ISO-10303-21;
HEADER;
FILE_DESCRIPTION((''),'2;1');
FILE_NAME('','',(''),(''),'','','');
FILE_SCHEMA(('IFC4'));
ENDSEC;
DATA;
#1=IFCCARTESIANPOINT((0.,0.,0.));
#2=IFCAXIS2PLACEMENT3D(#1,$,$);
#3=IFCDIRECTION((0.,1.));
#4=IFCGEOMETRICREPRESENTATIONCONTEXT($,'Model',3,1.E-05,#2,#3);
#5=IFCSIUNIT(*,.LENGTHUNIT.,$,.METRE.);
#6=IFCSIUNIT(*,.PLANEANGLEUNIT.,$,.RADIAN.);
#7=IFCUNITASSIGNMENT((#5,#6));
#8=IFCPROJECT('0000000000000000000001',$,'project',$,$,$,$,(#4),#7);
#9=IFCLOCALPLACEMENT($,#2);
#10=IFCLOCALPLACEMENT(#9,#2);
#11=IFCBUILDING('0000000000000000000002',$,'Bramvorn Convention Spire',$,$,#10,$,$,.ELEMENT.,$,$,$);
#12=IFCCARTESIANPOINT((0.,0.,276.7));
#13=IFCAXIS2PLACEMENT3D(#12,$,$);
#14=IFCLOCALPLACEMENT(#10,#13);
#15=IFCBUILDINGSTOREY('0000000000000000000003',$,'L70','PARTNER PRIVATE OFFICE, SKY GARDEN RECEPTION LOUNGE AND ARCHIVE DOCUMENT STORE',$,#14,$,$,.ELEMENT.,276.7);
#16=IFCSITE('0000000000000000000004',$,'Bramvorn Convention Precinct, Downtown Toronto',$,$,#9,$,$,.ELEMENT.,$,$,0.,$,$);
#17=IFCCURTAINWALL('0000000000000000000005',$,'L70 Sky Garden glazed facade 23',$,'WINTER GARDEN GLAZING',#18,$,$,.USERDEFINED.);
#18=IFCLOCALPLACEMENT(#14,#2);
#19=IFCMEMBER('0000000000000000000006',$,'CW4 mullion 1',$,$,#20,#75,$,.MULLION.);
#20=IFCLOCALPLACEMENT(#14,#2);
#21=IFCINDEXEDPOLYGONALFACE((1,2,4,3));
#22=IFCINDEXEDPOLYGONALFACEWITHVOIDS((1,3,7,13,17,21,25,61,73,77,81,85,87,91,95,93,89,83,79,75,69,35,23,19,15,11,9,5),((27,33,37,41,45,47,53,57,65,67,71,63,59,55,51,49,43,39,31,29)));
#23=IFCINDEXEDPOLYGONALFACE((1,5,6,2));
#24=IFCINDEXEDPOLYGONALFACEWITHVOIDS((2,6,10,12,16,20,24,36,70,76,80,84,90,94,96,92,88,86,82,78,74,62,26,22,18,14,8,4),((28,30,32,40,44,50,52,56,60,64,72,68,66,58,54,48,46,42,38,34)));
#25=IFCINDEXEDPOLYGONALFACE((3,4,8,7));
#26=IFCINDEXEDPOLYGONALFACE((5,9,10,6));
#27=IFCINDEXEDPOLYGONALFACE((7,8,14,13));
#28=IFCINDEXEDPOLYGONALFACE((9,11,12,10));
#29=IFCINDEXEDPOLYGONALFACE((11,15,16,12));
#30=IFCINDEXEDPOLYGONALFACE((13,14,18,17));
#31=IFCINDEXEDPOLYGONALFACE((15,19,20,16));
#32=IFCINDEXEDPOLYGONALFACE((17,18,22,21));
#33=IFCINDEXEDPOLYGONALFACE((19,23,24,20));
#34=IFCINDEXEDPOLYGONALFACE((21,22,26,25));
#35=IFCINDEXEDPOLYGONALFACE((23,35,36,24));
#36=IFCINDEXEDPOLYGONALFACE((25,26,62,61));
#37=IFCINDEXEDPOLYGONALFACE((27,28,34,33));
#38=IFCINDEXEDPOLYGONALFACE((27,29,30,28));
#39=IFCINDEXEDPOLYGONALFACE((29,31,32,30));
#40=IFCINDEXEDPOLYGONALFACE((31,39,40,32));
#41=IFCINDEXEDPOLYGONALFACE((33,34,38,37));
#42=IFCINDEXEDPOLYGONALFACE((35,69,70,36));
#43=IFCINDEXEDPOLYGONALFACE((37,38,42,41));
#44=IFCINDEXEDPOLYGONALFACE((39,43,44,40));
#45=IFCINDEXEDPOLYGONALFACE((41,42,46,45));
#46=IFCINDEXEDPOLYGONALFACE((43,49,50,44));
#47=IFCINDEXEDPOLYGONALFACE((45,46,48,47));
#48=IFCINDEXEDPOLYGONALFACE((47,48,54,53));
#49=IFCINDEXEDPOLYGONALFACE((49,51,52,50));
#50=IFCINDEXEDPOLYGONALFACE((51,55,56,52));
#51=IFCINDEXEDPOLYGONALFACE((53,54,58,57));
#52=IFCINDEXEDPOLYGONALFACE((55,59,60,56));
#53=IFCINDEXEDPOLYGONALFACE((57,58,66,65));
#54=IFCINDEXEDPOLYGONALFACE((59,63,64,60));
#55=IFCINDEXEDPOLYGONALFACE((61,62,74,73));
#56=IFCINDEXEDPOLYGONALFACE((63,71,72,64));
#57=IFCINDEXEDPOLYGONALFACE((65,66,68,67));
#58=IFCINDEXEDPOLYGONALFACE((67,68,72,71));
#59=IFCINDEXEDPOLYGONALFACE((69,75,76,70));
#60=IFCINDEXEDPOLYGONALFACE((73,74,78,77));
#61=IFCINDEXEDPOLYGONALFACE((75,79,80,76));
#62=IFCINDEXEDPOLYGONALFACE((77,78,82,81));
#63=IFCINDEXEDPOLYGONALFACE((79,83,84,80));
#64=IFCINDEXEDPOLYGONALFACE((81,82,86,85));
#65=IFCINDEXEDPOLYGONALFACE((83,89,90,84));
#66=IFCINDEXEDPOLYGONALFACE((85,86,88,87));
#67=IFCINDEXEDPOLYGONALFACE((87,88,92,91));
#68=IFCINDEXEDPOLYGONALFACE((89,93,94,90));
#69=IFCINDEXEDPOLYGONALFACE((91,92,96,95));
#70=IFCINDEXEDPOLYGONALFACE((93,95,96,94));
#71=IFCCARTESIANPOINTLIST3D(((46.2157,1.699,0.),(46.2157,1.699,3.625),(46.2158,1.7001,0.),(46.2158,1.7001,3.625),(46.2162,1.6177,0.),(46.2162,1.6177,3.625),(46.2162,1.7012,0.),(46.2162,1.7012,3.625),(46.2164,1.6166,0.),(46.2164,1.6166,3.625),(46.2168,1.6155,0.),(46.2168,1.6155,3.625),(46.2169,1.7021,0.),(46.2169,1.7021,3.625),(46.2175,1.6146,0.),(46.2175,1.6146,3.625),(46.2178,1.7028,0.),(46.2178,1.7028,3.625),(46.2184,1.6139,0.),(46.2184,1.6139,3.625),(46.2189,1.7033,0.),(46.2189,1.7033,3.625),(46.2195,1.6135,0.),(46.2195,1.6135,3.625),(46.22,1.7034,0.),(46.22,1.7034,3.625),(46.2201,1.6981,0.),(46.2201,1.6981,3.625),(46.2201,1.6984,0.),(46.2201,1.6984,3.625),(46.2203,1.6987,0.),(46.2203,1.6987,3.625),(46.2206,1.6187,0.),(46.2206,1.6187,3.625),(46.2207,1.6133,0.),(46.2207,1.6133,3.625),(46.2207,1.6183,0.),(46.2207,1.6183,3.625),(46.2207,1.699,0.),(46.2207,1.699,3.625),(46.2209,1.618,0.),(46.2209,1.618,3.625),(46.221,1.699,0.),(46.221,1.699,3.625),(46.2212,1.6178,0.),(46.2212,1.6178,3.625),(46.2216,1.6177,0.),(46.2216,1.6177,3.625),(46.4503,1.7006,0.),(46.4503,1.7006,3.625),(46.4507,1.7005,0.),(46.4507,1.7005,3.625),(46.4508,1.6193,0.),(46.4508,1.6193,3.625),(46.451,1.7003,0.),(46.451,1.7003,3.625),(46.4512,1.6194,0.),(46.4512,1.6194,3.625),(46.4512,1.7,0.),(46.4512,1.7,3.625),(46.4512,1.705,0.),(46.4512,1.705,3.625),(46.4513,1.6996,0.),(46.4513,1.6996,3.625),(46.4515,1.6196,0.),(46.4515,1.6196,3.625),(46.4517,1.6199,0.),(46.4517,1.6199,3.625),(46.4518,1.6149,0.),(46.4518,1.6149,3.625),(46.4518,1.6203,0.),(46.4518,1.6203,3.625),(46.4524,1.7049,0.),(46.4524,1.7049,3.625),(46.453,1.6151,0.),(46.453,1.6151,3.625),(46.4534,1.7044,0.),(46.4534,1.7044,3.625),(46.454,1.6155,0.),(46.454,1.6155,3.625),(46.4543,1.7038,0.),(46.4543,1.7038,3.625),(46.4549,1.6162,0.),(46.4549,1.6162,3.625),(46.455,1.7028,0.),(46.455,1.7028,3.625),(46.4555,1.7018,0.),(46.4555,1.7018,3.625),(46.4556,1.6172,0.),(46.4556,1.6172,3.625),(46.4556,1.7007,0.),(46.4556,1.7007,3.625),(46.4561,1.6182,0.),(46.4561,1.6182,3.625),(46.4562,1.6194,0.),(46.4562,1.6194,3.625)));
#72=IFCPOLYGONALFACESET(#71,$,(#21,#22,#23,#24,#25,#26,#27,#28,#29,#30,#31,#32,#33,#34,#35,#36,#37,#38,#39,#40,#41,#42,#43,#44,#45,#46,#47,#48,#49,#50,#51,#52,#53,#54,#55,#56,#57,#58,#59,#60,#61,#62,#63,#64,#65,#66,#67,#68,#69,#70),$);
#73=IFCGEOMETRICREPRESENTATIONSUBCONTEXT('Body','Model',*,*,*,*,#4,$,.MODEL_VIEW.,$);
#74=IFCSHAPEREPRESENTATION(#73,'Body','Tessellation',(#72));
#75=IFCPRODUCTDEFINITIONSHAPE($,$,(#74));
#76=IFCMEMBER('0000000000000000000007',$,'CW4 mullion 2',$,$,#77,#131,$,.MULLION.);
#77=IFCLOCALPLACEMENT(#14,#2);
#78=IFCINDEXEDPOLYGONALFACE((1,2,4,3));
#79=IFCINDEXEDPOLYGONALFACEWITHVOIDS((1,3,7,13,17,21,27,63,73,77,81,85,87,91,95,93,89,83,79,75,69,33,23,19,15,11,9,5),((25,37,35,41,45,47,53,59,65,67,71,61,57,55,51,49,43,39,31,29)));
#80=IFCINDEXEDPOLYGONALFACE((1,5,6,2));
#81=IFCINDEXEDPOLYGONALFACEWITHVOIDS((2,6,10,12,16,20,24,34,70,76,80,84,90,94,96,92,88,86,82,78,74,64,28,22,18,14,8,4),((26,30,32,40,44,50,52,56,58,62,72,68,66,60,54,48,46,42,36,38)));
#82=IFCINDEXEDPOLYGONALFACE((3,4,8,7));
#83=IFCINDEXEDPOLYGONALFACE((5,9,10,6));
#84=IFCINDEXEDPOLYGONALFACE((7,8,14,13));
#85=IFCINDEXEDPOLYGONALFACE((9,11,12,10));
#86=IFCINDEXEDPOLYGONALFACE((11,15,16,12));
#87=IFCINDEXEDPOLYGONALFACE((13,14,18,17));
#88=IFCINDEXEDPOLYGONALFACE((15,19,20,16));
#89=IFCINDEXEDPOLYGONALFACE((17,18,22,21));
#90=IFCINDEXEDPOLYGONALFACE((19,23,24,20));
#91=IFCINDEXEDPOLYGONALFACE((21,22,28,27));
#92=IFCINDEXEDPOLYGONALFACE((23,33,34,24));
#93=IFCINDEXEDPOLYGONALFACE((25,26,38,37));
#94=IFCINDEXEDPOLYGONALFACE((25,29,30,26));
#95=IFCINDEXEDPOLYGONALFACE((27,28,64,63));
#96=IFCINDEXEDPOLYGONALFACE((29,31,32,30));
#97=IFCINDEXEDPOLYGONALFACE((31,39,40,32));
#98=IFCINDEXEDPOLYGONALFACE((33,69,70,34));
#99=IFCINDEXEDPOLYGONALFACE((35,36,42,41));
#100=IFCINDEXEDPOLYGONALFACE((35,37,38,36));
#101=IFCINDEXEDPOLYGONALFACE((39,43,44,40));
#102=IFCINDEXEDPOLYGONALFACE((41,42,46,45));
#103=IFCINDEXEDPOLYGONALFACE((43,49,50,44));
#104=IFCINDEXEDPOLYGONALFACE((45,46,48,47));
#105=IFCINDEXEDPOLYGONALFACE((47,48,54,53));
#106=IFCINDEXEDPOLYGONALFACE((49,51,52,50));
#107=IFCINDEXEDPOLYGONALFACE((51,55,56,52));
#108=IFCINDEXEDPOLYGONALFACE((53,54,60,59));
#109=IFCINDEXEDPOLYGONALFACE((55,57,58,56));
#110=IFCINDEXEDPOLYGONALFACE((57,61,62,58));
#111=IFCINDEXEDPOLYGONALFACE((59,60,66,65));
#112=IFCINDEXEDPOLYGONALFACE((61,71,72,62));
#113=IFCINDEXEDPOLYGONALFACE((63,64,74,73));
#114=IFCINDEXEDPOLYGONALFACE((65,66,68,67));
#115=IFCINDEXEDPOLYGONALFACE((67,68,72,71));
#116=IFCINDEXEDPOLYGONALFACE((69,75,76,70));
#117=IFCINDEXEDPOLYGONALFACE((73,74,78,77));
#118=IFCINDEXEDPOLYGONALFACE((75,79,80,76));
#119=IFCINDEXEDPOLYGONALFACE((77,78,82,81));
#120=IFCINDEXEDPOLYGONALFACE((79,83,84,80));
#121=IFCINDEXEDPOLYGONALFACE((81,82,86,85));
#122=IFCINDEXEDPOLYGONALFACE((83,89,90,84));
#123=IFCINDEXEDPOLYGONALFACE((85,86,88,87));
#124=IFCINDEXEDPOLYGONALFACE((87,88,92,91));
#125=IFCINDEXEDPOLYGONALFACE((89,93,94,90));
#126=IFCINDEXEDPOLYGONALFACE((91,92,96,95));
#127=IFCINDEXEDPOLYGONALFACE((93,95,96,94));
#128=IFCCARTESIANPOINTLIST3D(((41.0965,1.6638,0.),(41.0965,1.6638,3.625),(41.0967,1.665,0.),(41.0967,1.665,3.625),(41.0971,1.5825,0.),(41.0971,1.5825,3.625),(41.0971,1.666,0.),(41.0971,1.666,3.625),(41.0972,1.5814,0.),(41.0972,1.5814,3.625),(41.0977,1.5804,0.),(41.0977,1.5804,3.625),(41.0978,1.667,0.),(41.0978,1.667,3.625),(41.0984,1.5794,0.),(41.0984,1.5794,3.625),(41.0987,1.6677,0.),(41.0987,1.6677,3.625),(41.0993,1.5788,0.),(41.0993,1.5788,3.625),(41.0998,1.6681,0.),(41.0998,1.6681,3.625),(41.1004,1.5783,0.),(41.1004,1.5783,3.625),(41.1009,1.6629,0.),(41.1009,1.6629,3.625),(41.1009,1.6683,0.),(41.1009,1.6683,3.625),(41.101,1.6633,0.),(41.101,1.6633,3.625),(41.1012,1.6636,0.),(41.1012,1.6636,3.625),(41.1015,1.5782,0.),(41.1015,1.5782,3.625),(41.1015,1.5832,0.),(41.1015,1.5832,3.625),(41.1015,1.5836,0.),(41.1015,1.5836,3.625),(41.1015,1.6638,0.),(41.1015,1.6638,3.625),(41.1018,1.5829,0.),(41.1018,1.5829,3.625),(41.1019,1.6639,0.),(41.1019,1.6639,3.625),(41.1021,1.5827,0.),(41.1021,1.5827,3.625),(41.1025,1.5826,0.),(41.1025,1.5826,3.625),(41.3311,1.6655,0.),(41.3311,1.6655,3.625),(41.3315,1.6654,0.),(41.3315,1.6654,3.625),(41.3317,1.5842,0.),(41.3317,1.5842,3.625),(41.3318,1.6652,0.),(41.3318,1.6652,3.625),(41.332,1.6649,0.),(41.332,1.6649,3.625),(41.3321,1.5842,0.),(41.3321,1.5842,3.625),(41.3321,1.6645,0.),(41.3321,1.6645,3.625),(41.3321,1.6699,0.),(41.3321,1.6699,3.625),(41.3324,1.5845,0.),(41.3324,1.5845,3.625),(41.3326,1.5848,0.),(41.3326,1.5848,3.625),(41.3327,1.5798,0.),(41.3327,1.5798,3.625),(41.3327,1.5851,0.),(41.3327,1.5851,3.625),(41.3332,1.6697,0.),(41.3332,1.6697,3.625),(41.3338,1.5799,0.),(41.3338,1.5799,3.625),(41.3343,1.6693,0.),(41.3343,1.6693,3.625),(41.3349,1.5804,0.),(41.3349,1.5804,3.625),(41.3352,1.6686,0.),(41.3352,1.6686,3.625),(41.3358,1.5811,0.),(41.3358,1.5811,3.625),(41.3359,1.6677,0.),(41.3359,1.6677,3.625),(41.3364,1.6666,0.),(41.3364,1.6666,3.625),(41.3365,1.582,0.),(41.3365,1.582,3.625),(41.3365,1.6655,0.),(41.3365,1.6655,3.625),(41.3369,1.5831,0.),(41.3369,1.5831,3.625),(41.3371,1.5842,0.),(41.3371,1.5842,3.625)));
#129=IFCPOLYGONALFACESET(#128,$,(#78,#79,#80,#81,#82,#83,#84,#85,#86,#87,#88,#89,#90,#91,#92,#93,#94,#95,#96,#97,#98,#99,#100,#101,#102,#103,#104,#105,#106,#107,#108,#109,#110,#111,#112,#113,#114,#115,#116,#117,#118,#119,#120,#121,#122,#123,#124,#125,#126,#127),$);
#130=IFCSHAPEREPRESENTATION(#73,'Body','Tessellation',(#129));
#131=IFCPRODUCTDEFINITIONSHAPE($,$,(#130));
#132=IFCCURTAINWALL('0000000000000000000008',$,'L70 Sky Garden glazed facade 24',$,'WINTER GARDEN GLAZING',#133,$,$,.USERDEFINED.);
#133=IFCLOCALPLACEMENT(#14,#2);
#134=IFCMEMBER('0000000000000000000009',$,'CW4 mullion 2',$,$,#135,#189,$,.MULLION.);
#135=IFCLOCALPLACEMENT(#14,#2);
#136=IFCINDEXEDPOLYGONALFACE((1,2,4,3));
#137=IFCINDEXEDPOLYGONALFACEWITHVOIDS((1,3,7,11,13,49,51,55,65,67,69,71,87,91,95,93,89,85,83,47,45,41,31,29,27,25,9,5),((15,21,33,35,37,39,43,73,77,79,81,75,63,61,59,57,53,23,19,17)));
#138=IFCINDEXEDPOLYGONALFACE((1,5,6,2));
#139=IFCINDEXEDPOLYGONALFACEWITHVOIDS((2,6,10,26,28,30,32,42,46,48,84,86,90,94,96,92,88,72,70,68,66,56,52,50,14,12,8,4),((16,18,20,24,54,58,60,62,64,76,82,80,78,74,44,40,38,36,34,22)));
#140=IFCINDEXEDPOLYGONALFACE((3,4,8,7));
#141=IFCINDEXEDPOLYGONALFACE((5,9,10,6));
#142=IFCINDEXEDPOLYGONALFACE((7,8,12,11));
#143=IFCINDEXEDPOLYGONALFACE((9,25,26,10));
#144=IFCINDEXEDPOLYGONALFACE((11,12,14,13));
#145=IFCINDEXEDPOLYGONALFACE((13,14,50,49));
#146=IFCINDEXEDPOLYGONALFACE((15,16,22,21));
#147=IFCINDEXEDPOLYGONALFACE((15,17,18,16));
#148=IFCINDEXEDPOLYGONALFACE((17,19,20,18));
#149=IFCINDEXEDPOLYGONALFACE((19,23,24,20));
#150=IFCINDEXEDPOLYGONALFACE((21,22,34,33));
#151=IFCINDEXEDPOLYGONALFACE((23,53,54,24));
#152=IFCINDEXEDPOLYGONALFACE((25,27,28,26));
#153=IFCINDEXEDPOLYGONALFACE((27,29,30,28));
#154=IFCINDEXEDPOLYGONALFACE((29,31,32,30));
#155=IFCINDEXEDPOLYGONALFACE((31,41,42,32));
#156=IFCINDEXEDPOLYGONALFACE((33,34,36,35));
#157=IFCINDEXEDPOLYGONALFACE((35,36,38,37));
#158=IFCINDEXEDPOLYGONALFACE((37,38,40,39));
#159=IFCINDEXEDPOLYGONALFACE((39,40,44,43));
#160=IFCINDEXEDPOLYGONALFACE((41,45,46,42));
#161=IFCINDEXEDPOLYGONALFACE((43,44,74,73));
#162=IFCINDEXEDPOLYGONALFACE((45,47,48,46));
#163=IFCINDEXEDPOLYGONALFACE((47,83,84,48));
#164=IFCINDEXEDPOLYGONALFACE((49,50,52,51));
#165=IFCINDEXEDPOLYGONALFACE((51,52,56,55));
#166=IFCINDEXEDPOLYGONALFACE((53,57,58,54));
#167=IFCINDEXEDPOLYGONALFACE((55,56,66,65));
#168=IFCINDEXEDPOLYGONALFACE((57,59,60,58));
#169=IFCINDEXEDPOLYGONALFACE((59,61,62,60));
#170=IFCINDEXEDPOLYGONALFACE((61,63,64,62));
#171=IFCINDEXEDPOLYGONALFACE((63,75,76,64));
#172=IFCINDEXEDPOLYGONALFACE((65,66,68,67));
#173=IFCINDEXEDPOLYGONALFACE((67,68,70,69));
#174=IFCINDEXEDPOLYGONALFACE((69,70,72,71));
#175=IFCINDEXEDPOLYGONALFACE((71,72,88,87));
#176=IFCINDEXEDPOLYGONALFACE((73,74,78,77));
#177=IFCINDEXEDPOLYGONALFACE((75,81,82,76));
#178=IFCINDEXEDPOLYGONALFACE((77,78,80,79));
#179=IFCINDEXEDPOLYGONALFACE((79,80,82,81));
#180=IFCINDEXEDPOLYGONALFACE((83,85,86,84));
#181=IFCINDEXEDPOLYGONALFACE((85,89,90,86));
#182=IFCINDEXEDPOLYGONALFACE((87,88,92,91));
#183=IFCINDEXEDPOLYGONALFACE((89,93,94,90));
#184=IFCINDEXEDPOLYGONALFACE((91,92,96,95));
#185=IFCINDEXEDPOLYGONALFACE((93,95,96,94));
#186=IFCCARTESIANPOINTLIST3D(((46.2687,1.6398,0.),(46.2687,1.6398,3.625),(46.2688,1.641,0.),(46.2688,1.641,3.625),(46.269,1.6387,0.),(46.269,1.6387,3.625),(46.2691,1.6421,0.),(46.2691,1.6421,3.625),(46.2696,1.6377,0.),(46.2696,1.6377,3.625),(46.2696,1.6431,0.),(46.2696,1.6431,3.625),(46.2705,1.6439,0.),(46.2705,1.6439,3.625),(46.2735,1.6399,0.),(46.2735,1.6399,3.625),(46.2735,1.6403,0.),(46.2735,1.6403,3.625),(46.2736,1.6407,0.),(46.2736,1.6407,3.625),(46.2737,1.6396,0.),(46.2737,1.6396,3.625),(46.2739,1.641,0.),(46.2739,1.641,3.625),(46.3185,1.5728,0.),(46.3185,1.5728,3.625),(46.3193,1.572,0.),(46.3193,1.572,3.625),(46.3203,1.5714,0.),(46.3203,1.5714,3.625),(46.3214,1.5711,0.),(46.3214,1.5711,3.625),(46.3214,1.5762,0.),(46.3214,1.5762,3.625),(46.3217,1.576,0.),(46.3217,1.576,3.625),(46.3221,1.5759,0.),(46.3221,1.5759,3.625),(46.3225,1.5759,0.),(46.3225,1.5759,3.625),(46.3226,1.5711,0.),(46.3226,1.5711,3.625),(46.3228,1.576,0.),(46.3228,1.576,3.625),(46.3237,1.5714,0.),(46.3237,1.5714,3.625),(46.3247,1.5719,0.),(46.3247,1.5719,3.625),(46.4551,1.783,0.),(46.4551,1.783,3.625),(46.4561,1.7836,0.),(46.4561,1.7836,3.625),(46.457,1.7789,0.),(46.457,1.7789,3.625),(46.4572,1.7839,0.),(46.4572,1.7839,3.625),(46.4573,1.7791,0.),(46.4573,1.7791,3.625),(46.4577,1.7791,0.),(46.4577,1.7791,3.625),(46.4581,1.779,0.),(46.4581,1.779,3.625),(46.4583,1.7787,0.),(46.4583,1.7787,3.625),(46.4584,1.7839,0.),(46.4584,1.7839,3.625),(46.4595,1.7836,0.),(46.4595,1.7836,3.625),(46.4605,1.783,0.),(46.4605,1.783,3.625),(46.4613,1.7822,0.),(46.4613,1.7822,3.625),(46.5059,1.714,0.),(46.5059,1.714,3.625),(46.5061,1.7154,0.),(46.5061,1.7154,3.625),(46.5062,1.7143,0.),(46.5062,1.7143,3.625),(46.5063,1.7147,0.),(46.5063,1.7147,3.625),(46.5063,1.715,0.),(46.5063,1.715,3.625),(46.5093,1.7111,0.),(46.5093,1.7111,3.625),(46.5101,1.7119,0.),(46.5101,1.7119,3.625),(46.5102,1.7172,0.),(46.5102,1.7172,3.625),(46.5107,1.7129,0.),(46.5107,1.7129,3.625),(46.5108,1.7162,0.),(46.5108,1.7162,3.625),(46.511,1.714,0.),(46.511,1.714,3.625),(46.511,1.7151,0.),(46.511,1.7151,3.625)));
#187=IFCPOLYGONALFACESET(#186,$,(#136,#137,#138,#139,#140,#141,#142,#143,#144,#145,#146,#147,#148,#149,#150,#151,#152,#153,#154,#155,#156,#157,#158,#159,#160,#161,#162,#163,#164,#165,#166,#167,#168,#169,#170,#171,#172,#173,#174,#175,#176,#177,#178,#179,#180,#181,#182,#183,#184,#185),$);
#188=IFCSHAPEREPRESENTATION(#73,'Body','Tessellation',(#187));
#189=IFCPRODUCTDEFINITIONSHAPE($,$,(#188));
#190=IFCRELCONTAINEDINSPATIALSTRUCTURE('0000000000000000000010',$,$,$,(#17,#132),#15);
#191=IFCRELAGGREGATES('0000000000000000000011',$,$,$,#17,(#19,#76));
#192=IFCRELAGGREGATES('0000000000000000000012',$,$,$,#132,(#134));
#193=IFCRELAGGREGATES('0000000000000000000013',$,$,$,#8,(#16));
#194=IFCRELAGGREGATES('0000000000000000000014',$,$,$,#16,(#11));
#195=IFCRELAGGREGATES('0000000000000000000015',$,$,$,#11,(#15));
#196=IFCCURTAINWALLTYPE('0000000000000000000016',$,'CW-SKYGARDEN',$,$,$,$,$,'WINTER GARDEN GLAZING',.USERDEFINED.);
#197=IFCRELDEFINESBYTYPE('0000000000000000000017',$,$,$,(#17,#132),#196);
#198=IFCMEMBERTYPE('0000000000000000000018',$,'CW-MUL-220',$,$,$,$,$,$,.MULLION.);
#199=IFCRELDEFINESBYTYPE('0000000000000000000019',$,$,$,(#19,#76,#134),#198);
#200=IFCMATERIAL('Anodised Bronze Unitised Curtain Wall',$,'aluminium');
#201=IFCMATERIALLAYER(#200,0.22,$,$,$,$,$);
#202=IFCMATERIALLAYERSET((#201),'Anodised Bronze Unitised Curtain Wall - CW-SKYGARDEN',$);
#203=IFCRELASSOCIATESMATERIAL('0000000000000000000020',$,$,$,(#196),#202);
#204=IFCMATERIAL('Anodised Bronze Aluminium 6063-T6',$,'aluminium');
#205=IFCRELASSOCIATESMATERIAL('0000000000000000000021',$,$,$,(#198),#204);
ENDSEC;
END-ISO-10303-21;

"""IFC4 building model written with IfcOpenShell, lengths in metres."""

from ifc_helpers import new_model, si_unit, direction, frame, origin, origin_2d, place, context, subcontext, project, spatial, hollow_rectangle, extrude, material, layer, layer_set, material_profile, profile_set, type_object, element, aggregate, save


model = new_model("IFC4")

# Units and contexts
model_context = context("Model", 3, precision=1e-05, world=origin(), true_north=direction((0.0, 1.0)))
body_context = subcontext(model_context, "Body", "Model", "MODEL_VIEW")
ifc_project = project(units=[si_unit("LENGTHUNIT", "METRE"), si_unit("PLANEANGLEUNIT", "RADIAN")], contexts=[model_context])

# Site, building, storey
site_placement = place(None, origin())
site = spatial("IfcSite", under=ifc_project, at=site_placement, Name="Bramvorn Convention Precinct, Downtown Toronto", CompositionType="ELEMENT", RefElevation=0.0)
building_placement = place(site_placement, origin())
building = spatial("IfcBuilding", under=site, at=building_placement, Name="Bramvorn Convention Spire", CompositionType="ELEMENT")
storey_placement = place(building_placement, frame((0.0, 0.0, 276.7)))
storey = spatial("IfcBuildingStorey", under=building, at=storey_placement, Name="L70", Description="PARTNER PRIVATE OFFICE, SKY GARDEN RECEPTION LOUNGE AND ARCHIVE DOCUMENT STORE", CompositionType="ELEMENT", Elevation=276.7)

# Shared definitions
ifc_material_1 = material(Name="Anodised Bronze Unitised Curtain Wall", Category="aluminium")
ifc_material_2 = material(Name="Anodised Bronze Aluminium 6063-T6", Category="aluminium")

# Curtain wall, members
ifc_layer_1 = layer(ifc_material_1, 0.22)
ifc_layer_set_1 = layer_set([ifc_layer_1], Name="Anodised Bronze Unitised Curtain Wall - CW-SKYGARDEN")
curtain_wall_type_1 = type_object("IfcCurtainWallType", Name="CW-SKYGARDEN", ElementType="WINTER GARDEN GLAZING", PredefinedType="USERDEFINED", material=ifc_layer_set_1)
curtain_wall_1_placement = place(storey_placement, origin())
curtain_wall_1 = element("IfcCurtainWall", 1, at=curtain_wall_1_placement, inside=storey, type_object=curtain_wall_type_1, Name="L70 Sky Garden glazed facade 23", ObjectType="WINTER GARDEN GLAZING", PredefinedType="USERDEFINED")
ifc_material_profile_1 = material_profile(ifc_material_2, hollow_rectangle(XDim=0.0901, YDim=0.24, WallThickness=0.0044, InnerFilletRadius=0.001, OuterFilletRadius=0.0044, at=origin_2d()))
ifc_profile_set_1 = profile_set([ifc_material_profile_1], Name="Anodised Bronze Aluminium 6063-T6 - CWM90X240")
member_type_1 = type_object("IfcMemberType", Name="CW-MUL-220", PredefinedType="MULLION", material=ifc_profile_set_1)
member_1_placement = place(storey_placement, frame((46.3359, 1.6592, 0.0), z_axis=(0.0, 0.0, 1.0), x_axis=(0.006893, -0.999976, 0.0)))
member_1 = element("IfcMember", 2, at=member_1_placement, type_object=member_type_1, Name="CW4 mullion 1", PredefinedType="MULLION", context=body_context, shape_type="SweptSolid", body=[
    extrude(hollow_rectangle(XDim=0.0901, YDim=0.24, WallThickness=0.0044, InnerFilletRadius=0.001, OuterFilletRadius=0.0044, at=origin_2d()), origin(), (0.0, 0.0, 1.0), 3.625),
])
member_2_placement = place(storey_placement, frame((41.2168, 1.624, 0.0), z_axis=(0.0, 0.0, 1.0), x_axis=(0.006893, -0.999976, 0.0)))
member_2 = element("IfcMember", 3, at=member_2_placement, type_object=member_type_1, Name="CW4 mullion 2", PredefinedType="MULLION", context=body_context, shape_type="SweptSolid", body=[
    extrude(hollow_rectangle(XDim=0.0901, YDim=0.24, WallThickness=0.0044, InnerFilletRadius=0.001, OuterFilletRadius=0.0044, at=origin_2d()), origin(), (0.0, 0.0, 1.0), 3.625),
])

# Curtain wall, member
curtain_wall_2_placement = place(storey_placement, origin())
curtain_wall_2 = element("IfcCurtainWall", 4, at=curtain_wall_2_placement, inside=storey, type_object=curtain_wall_type_1, Name="L70 Sky Garden glazed facade 24", ObjectType="WINTER GARDEN GLAZING", PredefinedType="USERDEFINED")
member_3_placement = place(storey_placement, frame((46.3899, 1.6775, 0.0), z_axis=(0.0, 0.0, 1.0), x_axis=(0.601812, -0.798638, 0.0)))
member_3 = element("IfcMember", 5, at=member_3_placement, type_object=member_type_1, Name="CW4 mullion 2", PredefinedType="MULLION", context=body_context, shape_type="SweptSolid", body=[
    extrude(hollow_rectangle(XDim=0.0901, YDim=0.24, WallThickness=0.0044, InnerFilletRadius=0.001, OuterFilletRadius=0.0044, at=origin_2d()), origin(), (0.0, 0.0, 1.0), 3.625),
])

aggregate(curtain_wall_1, [member_1, member_2])
aggregate(curtain_wall_2, [member_3])

save(model, "model.ifc")
